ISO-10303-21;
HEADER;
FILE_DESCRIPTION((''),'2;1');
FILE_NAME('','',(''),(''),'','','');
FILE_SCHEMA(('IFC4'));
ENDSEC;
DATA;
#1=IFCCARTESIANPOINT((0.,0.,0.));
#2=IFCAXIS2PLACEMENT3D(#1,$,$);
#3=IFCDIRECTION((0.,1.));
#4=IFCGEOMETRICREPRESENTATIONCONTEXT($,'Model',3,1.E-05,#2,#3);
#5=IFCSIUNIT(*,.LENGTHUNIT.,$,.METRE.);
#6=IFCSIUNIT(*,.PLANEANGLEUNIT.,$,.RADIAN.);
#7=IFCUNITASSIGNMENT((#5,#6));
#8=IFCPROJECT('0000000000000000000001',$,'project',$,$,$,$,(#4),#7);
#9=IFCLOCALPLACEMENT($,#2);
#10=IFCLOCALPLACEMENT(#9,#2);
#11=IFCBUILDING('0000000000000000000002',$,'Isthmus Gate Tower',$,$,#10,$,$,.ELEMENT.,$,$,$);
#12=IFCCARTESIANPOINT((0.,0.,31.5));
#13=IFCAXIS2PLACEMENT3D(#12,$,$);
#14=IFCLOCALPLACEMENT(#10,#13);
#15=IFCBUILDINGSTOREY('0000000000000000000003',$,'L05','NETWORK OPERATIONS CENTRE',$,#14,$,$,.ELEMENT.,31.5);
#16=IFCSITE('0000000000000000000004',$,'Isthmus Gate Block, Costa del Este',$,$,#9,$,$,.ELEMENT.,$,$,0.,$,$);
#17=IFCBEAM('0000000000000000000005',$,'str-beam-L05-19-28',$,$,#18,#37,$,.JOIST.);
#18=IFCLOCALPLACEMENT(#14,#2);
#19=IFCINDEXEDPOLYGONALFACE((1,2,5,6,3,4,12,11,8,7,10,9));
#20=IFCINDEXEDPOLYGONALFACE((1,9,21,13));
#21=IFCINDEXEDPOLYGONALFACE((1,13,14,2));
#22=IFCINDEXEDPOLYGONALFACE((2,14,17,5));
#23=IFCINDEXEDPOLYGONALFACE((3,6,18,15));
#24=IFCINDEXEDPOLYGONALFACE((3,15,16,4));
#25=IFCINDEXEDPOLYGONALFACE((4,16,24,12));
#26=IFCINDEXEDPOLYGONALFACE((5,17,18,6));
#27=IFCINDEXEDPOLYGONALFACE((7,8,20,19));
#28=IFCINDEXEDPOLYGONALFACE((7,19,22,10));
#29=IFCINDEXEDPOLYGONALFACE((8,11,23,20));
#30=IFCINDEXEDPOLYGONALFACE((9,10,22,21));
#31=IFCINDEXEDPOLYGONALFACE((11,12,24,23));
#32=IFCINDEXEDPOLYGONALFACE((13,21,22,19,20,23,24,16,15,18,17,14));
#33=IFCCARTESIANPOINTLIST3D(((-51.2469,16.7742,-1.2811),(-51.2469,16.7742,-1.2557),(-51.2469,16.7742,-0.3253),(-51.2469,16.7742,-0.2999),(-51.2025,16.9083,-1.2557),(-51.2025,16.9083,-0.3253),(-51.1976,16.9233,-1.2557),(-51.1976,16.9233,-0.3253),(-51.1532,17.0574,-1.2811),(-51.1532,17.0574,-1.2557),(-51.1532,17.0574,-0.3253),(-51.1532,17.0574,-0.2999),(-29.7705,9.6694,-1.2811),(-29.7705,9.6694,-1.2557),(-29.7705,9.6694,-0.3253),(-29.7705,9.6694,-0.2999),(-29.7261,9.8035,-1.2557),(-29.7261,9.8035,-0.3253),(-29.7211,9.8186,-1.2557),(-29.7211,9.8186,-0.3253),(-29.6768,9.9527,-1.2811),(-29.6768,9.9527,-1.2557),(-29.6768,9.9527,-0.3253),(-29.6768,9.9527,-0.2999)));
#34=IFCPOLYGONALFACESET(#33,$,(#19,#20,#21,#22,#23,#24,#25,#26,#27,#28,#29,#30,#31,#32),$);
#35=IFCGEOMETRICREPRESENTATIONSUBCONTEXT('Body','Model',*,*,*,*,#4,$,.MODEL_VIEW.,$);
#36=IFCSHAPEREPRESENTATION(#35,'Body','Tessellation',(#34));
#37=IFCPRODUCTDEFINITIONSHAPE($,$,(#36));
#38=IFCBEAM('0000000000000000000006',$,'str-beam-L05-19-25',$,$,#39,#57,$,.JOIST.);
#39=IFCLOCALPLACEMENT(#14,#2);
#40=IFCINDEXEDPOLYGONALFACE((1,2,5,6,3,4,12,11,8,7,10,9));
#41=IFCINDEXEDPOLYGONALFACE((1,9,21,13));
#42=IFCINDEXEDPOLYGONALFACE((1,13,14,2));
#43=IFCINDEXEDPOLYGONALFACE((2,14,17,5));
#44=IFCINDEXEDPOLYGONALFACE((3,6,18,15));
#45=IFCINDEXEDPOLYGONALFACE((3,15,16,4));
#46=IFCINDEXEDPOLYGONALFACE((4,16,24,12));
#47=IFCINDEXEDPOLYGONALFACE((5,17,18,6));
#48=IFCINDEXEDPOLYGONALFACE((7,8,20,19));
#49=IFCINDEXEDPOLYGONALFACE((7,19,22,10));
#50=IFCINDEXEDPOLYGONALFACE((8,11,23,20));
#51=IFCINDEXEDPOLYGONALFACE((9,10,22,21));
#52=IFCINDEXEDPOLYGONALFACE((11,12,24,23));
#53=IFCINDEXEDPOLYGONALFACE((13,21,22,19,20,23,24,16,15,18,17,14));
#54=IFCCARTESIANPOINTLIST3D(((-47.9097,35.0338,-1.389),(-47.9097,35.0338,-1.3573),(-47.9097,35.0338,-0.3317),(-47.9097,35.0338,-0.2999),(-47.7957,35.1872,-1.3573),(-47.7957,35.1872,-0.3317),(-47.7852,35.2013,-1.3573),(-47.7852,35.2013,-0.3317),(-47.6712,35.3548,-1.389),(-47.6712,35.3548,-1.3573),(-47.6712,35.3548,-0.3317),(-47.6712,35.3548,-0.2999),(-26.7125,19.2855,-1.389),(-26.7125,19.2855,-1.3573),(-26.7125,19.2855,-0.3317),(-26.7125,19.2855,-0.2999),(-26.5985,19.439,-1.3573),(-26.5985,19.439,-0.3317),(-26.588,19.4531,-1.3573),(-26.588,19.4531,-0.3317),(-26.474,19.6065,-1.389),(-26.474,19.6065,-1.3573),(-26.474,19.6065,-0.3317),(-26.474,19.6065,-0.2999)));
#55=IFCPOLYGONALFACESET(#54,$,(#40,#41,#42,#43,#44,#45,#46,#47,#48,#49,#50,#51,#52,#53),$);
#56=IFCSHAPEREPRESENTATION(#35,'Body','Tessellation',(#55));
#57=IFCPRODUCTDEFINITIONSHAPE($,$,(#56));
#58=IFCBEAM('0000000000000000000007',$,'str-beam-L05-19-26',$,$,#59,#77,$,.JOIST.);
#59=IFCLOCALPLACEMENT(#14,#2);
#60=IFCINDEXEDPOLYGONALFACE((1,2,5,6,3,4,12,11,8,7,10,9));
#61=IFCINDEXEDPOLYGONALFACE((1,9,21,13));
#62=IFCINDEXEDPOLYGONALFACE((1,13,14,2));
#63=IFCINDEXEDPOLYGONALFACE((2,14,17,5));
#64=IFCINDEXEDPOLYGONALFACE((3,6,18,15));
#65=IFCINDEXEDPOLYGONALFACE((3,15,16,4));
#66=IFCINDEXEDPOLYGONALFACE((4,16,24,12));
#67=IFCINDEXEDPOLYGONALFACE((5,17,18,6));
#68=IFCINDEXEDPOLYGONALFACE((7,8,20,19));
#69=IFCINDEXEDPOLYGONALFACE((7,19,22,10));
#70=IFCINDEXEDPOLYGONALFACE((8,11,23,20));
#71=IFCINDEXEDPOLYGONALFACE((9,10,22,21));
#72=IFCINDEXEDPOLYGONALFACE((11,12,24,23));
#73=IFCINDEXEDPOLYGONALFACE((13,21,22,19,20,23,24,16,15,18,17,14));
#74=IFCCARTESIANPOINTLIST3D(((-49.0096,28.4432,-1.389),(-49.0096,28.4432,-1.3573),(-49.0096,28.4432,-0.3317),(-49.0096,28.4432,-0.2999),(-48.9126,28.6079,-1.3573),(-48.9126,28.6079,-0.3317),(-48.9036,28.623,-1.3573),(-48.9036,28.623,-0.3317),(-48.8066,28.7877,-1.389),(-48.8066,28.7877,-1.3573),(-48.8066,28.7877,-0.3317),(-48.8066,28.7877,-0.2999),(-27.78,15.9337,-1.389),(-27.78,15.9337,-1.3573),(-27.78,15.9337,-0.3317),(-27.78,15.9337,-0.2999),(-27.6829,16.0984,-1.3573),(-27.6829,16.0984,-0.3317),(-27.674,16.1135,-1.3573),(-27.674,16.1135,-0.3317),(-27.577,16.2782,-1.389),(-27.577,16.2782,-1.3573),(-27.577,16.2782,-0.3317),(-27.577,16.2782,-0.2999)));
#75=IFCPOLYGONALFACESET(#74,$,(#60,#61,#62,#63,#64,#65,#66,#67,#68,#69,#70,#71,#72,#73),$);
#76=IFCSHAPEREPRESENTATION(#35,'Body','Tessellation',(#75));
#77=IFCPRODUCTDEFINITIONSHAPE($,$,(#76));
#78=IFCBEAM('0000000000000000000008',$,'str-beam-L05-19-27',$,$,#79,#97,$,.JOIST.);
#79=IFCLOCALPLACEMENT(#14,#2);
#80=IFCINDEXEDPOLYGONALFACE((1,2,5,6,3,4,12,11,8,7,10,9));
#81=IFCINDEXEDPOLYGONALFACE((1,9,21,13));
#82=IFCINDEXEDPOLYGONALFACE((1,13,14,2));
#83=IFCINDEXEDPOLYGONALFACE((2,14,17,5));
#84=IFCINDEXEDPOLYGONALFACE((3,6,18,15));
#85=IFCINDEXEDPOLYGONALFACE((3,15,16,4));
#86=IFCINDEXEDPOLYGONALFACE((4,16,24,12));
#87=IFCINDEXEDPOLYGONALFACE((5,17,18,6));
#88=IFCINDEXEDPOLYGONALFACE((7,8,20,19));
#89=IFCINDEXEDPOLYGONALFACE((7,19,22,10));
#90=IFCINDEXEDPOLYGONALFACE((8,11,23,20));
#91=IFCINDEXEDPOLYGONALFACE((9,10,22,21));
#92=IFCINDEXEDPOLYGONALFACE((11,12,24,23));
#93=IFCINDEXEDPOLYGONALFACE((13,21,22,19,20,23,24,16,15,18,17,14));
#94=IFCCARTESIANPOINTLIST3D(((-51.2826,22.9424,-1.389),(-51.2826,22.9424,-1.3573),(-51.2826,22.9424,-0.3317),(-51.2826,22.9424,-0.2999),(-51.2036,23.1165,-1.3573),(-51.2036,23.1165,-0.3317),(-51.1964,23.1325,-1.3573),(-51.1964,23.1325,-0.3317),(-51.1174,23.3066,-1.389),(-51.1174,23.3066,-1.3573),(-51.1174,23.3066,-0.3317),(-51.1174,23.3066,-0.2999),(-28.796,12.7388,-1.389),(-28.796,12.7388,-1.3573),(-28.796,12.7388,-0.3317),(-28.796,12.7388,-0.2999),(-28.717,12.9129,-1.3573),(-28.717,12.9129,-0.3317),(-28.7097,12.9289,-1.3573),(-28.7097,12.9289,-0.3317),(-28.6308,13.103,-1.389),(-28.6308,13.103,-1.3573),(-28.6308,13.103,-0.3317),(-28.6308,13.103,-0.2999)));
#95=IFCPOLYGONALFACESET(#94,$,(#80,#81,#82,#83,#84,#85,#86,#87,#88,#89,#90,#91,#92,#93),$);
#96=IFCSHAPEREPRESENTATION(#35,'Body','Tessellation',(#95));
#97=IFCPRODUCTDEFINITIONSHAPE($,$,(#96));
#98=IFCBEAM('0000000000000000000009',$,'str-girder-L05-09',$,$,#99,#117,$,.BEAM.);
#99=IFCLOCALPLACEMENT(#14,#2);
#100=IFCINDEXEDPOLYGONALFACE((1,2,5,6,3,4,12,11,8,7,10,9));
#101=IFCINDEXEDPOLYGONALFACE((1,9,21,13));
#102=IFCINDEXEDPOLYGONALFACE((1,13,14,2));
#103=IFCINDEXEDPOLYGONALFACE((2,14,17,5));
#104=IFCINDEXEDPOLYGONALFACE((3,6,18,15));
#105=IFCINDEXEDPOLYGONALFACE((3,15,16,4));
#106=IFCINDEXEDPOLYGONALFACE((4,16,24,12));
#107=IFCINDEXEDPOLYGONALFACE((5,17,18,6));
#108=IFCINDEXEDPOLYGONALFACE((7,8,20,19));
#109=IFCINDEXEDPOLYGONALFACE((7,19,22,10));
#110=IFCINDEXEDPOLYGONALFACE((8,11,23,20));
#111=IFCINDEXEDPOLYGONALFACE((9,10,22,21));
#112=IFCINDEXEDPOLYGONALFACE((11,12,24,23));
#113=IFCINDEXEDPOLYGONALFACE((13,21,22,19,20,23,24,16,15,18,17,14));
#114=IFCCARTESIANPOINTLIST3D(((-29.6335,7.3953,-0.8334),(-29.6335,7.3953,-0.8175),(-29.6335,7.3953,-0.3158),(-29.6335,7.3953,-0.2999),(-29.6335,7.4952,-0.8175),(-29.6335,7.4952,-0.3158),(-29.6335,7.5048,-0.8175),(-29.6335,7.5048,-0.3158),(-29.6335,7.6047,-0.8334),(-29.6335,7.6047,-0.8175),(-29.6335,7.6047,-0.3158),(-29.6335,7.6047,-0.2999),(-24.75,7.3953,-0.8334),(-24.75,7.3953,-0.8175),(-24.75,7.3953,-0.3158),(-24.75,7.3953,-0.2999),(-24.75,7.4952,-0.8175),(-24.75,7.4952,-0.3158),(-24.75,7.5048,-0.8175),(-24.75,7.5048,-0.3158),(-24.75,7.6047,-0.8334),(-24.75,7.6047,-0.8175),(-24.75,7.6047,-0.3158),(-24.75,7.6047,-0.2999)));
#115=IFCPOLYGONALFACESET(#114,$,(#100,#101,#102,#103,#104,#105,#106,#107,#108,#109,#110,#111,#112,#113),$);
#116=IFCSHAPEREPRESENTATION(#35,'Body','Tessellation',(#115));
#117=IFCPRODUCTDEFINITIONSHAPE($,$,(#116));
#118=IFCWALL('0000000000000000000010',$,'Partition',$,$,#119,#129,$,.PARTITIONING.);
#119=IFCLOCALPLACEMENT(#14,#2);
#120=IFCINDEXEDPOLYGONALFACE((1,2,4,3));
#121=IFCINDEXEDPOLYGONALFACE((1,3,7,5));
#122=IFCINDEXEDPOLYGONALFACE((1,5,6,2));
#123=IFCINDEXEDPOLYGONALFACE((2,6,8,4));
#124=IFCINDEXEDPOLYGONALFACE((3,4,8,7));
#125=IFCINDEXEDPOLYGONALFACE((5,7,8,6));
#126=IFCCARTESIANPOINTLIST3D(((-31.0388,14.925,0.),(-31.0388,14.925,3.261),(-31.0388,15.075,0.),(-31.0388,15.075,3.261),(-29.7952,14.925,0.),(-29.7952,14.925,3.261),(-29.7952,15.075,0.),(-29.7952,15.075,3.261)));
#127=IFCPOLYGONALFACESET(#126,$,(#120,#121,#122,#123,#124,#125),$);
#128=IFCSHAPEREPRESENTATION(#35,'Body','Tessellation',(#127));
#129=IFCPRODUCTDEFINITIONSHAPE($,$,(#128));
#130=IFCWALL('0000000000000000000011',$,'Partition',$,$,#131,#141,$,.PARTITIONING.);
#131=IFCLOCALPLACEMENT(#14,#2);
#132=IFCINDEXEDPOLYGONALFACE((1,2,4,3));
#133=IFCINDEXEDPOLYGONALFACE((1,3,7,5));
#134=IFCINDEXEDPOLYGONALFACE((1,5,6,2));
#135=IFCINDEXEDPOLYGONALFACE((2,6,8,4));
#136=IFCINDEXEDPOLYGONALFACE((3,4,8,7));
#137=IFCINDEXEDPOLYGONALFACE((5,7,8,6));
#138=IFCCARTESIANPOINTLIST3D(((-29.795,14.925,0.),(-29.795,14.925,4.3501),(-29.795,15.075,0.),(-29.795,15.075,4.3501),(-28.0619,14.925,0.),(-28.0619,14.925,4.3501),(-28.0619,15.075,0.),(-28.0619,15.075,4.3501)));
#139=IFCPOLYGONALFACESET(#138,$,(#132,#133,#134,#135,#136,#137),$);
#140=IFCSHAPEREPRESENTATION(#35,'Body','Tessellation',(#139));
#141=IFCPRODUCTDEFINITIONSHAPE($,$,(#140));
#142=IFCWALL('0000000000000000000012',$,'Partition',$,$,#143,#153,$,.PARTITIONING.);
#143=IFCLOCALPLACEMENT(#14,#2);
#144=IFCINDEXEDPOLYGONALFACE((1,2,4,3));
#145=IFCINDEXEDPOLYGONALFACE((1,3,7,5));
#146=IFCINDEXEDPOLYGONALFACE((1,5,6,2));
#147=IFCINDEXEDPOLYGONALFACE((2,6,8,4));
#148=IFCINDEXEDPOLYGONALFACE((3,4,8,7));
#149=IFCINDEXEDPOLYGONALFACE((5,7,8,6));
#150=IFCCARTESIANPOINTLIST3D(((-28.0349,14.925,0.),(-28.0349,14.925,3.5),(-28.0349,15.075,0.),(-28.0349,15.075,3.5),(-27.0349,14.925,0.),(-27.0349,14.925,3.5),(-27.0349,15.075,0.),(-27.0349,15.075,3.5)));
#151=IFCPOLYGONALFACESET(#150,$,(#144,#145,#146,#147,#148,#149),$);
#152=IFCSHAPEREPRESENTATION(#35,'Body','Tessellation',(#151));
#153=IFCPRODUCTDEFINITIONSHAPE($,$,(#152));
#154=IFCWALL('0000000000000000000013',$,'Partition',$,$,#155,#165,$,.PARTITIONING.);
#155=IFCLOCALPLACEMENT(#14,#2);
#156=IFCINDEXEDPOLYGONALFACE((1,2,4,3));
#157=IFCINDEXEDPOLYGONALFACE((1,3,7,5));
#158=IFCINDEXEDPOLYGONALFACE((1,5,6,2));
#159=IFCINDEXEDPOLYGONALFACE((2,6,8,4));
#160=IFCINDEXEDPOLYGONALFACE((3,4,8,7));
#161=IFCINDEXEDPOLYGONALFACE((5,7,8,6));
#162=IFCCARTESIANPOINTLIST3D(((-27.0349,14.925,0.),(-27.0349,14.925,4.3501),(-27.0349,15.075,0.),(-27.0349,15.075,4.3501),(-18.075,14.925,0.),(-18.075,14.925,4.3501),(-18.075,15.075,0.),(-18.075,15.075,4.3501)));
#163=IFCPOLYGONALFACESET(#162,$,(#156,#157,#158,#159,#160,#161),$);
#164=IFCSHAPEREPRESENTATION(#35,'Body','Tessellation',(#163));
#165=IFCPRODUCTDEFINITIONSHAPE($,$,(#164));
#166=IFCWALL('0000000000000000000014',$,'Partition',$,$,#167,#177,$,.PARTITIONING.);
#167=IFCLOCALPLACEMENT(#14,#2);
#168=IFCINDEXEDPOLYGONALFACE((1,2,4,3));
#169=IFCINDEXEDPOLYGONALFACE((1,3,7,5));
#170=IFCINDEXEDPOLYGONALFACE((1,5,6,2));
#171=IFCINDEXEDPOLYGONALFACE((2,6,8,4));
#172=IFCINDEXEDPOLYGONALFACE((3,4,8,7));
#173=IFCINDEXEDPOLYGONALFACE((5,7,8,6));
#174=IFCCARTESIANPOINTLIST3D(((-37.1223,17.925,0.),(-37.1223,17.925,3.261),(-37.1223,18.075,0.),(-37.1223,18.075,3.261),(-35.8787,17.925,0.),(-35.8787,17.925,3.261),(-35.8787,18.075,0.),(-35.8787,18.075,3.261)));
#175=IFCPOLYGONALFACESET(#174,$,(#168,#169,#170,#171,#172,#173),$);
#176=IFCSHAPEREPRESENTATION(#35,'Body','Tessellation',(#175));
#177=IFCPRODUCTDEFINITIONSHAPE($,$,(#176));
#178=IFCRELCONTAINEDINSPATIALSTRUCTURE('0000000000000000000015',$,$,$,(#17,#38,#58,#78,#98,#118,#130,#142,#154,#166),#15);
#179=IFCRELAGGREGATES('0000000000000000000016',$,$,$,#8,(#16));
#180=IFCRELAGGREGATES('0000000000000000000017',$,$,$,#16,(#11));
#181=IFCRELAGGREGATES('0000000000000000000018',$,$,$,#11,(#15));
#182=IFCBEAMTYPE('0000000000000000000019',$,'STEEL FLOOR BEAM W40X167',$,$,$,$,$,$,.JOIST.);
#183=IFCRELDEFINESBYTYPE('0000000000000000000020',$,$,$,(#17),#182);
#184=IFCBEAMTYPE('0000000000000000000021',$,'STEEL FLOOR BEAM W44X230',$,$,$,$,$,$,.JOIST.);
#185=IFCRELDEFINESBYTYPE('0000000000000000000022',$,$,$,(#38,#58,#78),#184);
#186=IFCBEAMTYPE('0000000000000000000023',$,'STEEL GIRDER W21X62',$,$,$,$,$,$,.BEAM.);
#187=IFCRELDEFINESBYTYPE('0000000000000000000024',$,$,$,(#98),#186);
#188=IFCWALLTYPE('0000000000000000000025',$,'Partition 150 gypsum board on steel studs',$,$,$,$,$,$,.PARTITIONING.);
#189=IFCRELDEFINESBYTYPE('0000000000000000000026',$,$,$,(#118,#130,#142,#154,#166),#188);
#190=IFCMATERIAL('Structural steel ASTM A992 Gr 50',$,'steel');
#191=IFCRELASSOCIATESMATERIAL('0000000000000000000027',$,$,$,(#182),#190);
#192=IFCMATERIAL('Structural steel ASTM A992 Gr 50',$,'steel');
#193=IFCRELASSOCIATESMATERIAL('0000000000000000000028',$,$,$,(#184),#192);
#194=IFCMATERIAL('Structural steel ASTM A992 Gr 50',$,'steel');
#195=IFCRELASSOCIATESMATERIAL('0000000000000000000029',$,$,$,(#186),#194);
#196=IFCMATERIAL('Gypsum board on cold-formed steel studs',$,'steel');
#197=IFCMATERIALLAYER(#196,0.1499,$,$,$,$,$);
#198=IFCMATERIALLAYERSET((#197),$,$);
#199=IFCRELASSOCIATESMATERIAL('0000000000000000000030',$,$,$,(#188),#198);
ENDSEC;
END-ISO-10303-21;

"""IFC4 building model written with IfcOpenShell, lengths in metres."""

from ifc_helpers import new_model, si_unit, direction, frame, frame_2d, origin, origin_2d, place, context, subcontext, project, spatial, rectangle, i_section, extrude, material, layer, layer_set, material_profile, profile_set, type_object, element, save


model = new_model("IFC4")

# Units and contexts
model_context = context("Model", 3, precision=1e-05, world=origin(), true_north=direction((0.0, 1.0)))
body_context = subcontext(model_context, "Body", "Model", "MODEL_VIEW")
ifc_project = project(units=[si_unit("LENGTHUNIT", "METRE"), si_unit("PLANEANGLEUNIT", "RADIAN")], contexts=[model_context])

# Site, building, storey
site_placement = place(None, origin())
site = spatial("IfcSite", under=ifc_project, at=site_placement, Name="Isthmus Gate Block, Costa del Este", CompositionType="ELEMENT", RefElevation=0.0)
building_placement = place(site_placement, origin())
building = spatial("IfcBuilding", under=site, at=building_placement, Name="Isthmus Gate Tower", CompositionType="ELEMENT")
storey_placement = place(building_placement, frame((0.0, 0.0, 31.5)))
storey = spatial("IfcBuildingStorey", under=building, at=storey_placement, Name="L05", Description="NETWORK OPERATIONS CENTRE", CompositionType="ELEMENT", Elevation=31.5)

# Beams
ifc_material_1 = material(Name="Structural steel ASTM A992 Gr 50", Category="steel")
ifc_material_profile_1 = material_profile(ifc_material_1, i_section(OverallWidth=0.2983, OverallDepth=0.9812, WebThickness=0.0159, FlangeThickness=0.0254, at=origin_2d()), Name="W40X167")
ifc_profile_set_1 = profile_set([ifc_material_profile_1], Name="Structural steel ASTM A992 Gr 50")
beam_type_1 = type_object("IfcBeamType", Name="STEEL FLOOR BEAM W40X167", PredefinedType="JOIST", material=ifc_profile_set_1)
beam_1_placement = place(storey_placement, frame((-29.7236, 9.811, -0.7905), z_axis=(-0.949397, 0.314077, 0.0), x_axis=(-0.314077, -0.949397, 0.0)))
element("IfcBeam", 1, at=beam_1_placement, inside=storey, type_object=beam_type_1, Name="str-beam-L05-19-28", PredefinedType="JOIST", context=body_context, shape_type="SweptSolid", body=[
    extrude(i_section(OverallWidth=0.2983, OverallDepth=0.9812, WebThickness=0.0159, FlangeThickness=0.0254, at=origin_2d()), origin(), (0.0, 0.0, 1.0), 22.6211),
])
ifc_material_2 = material(Name="Structural steel ASTM A992 Gr 50", Category="steel")
ifc_material_profile_2 = material_profile(ifc_material_2, i_section(OverallWidth=0.3999, OverallDepth=1.0891, WebThickness=0.0176, FlangeThickness=0.0317, at=origin_2d()), Name="W44X230")
ifc_profile_set_2 = profile_set([ifc_material_profile_2], Name="Structural steel ASTM A992 Gr 50")
beam_type_2 = type_object("IfcBeamType", Name="STEEL FLOOR BEAM W44X230", PredefinedType="JOIST", material=ifc_profile_set_2)
beam_2_placement = place(storey_placement, frame((-26.5933, 19.446, -0.8445), z_axis=(-0.802712, 0.596367, 0.0), x_axis=(-0.596367, -0.802712, 0.0)))
element("IfcBeam", 2, at=beam_2_placement, inside=storey, type_object=beam_type_2, Name="str-beam-L05-19-25", PredefinedType="JOIST", context=body_context, shape_type="SweptSolid", body=[
    extrude(i_section(OverallWidth=0.3999, OverallDepth=1.0891, WebThickness=0.0176, FlangeThickness=0.0317, at=origin_2d()), origin(), (0.0, 0.0, 1.0), 26.407),
])
beam_3_placement = place(storey_placement, frame((-27.6785, 16.106, -0.8445), z_axis=(-0.861554, 0.507666, 0.0), x_axis=(-0.507666, -0.861554, 0.0)))
element("IfcBeam", 3, at=beam_3_placement, inside=storey, type_object=beam_type_2, Name="str-beam-L05-19-26", PredefinedType="JOIST", context=body_context, shape_type="SweptSolid", body=[
    extrude(i_section(OverallWidth=0.3999, OverallDepth=1.0891, WebThickness=0.0176, FlangeThickness=0.0317, at=origin_2d()), origin(), (0.0, 0.0, 1.0), 24.6411),
])
beam_4_placement = place(storey_placement, frame((-28.7134, 12.9209, -0.8445), z_axis=(-0.910634, 0.413214, 0.0), x_axis=(-0.413214, -0.910634, 0.0)))
element("IfcBeam", 4, at=beam_4_placement, inside=storey, type_object=beam_type_2, Name="str-beam-L05-19-27", PredefinedType="JOIST", context=body_context, shape_type="SweptSolid", body=[
    extrude(i_section(OverallWidth=0.3999, OverallDepth=1.0891, WebThickness=0.0176, FlangeThickness=0.0317, at=origin_2d()), origin(), (0.0, 0.0, 1.0), 24.6934),
])
ifc_material_3 = material(Name="Structural steel ASTM A992 Gr 50", Category="steel")
ifc_material_profile_3 = material_profile(ifc_material_3, i_section(OverallWidth=0.2095, OverallDepth=0.5334, WebThickness=0.0095, FlangeThickness=0.0159, at=origin_2d()), Name="W21X62")
ifc_profile_set_3 = profile_set([ifc_material_profile_3], Name="Structural steel ASTM A992 Gr 50")
beam_type_3 = type_object("IfcBeamType", Name="STEEL GIRDER W21X62", PredefinedType="BEAM", material=ifc_profile_set_3)
beam_5_placement = place(storey_placement, frame((-29.6335, 7.5, -0.5667), z_axis=(1.0, 0.0, 0.0), x_axis=(0.0, 1.0, 0.0)))
element("IfcBeam", 5, at=beam_5_placement, inside=storey, type_object=beam_type_3, Name="str-girder-L05-09", PredefinedType="BEAM", context=body_context, shape_type="SweptSolid", body=[
    extrude(i_section(OverallWidth=0.2095, OverallDepth=0.5334, WebThickness=0.0095, FlangeThickness=0.0159, at=origin_2d()), origin(), (0.0, 0.0, 1.0), 4.8835),
])

# Walls
ifc_material_4 = material(Name="Gypsum board on cold-formed steel studs", Category="steel")
ifc_layer = layer(ifc_material_4, 0.1499)
ifc_layer_set = layer_set([ifc_layer])
wall_type = type_object("IfcWallType", Name="Partition 150 gypsum board on steel studs", PredefinedType="PARTITIONING", material=ifc_layer_set)
wall_1_placement = place(storey_placement, frame((-31.0388, 15.0, 0.0), z_axis=(0.0, 0.0, 1.0), x_axis=(1.0, 0.0, 0.0)))
element("IfcWall", 6, at=wall_1_placement, inside=storey, type_object=wall_type, Name="Partition", PredefinedType="PARTITIONING", context=body_context, shape_type="SweptSolid", body=[
    extrude(rectangle(XDim=1.2437, YDim=0.1499, at=frame_2d((0.6218, 0.0))), origin(), (0.0, 0.0, 1.0), 3.261),
])
wall_2_placement = place(storey_placement, frame((-29.7952, 15.0, 0.0), z_axis=(0.0, 0.0, 1.0), x_axis=(1.0, 0.0, 0.0)))
element("IfcWall", 7, at=wall_2_placement, inside=storey, type_object=wall_type, Name="Partition", PredefinedType="PARTITIONING", context=body_context, shape_type="SweptSolid", body=[
    extrude(rectangle(XDim=1.7332, YDim=0.1499, at=frame_2d((0.8667, 0.0))), origin(), (0.0, 0.0, 1.0), 4.3501),
])
wall_3_placement = place(storey_placement, frame((-28.0349, 15.0, 0.0), z_axis=(0.0, 0.0, 1.0), x_axis=(1.0, 0.0, 0.0)))
element("IfcWall", 8, at=wall_3_placement, inside=storey, type_object=wall_type, Name="Partition", PredefinedType="PARTITIONING", context=body_context, shape_type="SweptSolid", body=[
    extrude(rectangle(XDim=1.0, YDim=0.1499, at=frame_2d((0.5, 0.0))), origin(), (0.0, 0.0, 1.0), 3.5),
])
wall_4_placement = place(storey_placement, frame((-27.0349, 15.0, 0.0), z_axis=(0.0, 0.0, 1.0), x_axis=(1.0, 0.0, 0.0)))
element("IfcWall", 9, at=wall_4_placement, inside=storey, type_object=wall_type, Name="Partition", PredefinedType="PARTITIONING", context=body_context, shape_type="SweptSolid", body=[
    extrude(rectangle(XDim=8.96, YDim=0.1499, at=frame_2d((4.48, 0.0))), origin(), (0.0, 0.0, 1.0), 4.3501),
])
wall_5_placement = place(storey_placement, frame((-37.1223, 18.0, 0.0), z_axis=(0.0, 0.0, 1.0), x_axis=(1.0, 0.0, 0.0)))
element("IfcWall", 10, at=wall_5_placement, inside=storey, type_object=wall_type, Name="Partition", PredefinedType="PARTITIONING", context=body_context, shape_type="SweptSolid", body=[
    extrude(rectangle(XDim=1.2437, YDim=0.1499, at=frame_2d((0.6218, 0.0))), origin(), (0.0, 0.0, 1.0), 3.261),
])

save(model, "model.ifc")
